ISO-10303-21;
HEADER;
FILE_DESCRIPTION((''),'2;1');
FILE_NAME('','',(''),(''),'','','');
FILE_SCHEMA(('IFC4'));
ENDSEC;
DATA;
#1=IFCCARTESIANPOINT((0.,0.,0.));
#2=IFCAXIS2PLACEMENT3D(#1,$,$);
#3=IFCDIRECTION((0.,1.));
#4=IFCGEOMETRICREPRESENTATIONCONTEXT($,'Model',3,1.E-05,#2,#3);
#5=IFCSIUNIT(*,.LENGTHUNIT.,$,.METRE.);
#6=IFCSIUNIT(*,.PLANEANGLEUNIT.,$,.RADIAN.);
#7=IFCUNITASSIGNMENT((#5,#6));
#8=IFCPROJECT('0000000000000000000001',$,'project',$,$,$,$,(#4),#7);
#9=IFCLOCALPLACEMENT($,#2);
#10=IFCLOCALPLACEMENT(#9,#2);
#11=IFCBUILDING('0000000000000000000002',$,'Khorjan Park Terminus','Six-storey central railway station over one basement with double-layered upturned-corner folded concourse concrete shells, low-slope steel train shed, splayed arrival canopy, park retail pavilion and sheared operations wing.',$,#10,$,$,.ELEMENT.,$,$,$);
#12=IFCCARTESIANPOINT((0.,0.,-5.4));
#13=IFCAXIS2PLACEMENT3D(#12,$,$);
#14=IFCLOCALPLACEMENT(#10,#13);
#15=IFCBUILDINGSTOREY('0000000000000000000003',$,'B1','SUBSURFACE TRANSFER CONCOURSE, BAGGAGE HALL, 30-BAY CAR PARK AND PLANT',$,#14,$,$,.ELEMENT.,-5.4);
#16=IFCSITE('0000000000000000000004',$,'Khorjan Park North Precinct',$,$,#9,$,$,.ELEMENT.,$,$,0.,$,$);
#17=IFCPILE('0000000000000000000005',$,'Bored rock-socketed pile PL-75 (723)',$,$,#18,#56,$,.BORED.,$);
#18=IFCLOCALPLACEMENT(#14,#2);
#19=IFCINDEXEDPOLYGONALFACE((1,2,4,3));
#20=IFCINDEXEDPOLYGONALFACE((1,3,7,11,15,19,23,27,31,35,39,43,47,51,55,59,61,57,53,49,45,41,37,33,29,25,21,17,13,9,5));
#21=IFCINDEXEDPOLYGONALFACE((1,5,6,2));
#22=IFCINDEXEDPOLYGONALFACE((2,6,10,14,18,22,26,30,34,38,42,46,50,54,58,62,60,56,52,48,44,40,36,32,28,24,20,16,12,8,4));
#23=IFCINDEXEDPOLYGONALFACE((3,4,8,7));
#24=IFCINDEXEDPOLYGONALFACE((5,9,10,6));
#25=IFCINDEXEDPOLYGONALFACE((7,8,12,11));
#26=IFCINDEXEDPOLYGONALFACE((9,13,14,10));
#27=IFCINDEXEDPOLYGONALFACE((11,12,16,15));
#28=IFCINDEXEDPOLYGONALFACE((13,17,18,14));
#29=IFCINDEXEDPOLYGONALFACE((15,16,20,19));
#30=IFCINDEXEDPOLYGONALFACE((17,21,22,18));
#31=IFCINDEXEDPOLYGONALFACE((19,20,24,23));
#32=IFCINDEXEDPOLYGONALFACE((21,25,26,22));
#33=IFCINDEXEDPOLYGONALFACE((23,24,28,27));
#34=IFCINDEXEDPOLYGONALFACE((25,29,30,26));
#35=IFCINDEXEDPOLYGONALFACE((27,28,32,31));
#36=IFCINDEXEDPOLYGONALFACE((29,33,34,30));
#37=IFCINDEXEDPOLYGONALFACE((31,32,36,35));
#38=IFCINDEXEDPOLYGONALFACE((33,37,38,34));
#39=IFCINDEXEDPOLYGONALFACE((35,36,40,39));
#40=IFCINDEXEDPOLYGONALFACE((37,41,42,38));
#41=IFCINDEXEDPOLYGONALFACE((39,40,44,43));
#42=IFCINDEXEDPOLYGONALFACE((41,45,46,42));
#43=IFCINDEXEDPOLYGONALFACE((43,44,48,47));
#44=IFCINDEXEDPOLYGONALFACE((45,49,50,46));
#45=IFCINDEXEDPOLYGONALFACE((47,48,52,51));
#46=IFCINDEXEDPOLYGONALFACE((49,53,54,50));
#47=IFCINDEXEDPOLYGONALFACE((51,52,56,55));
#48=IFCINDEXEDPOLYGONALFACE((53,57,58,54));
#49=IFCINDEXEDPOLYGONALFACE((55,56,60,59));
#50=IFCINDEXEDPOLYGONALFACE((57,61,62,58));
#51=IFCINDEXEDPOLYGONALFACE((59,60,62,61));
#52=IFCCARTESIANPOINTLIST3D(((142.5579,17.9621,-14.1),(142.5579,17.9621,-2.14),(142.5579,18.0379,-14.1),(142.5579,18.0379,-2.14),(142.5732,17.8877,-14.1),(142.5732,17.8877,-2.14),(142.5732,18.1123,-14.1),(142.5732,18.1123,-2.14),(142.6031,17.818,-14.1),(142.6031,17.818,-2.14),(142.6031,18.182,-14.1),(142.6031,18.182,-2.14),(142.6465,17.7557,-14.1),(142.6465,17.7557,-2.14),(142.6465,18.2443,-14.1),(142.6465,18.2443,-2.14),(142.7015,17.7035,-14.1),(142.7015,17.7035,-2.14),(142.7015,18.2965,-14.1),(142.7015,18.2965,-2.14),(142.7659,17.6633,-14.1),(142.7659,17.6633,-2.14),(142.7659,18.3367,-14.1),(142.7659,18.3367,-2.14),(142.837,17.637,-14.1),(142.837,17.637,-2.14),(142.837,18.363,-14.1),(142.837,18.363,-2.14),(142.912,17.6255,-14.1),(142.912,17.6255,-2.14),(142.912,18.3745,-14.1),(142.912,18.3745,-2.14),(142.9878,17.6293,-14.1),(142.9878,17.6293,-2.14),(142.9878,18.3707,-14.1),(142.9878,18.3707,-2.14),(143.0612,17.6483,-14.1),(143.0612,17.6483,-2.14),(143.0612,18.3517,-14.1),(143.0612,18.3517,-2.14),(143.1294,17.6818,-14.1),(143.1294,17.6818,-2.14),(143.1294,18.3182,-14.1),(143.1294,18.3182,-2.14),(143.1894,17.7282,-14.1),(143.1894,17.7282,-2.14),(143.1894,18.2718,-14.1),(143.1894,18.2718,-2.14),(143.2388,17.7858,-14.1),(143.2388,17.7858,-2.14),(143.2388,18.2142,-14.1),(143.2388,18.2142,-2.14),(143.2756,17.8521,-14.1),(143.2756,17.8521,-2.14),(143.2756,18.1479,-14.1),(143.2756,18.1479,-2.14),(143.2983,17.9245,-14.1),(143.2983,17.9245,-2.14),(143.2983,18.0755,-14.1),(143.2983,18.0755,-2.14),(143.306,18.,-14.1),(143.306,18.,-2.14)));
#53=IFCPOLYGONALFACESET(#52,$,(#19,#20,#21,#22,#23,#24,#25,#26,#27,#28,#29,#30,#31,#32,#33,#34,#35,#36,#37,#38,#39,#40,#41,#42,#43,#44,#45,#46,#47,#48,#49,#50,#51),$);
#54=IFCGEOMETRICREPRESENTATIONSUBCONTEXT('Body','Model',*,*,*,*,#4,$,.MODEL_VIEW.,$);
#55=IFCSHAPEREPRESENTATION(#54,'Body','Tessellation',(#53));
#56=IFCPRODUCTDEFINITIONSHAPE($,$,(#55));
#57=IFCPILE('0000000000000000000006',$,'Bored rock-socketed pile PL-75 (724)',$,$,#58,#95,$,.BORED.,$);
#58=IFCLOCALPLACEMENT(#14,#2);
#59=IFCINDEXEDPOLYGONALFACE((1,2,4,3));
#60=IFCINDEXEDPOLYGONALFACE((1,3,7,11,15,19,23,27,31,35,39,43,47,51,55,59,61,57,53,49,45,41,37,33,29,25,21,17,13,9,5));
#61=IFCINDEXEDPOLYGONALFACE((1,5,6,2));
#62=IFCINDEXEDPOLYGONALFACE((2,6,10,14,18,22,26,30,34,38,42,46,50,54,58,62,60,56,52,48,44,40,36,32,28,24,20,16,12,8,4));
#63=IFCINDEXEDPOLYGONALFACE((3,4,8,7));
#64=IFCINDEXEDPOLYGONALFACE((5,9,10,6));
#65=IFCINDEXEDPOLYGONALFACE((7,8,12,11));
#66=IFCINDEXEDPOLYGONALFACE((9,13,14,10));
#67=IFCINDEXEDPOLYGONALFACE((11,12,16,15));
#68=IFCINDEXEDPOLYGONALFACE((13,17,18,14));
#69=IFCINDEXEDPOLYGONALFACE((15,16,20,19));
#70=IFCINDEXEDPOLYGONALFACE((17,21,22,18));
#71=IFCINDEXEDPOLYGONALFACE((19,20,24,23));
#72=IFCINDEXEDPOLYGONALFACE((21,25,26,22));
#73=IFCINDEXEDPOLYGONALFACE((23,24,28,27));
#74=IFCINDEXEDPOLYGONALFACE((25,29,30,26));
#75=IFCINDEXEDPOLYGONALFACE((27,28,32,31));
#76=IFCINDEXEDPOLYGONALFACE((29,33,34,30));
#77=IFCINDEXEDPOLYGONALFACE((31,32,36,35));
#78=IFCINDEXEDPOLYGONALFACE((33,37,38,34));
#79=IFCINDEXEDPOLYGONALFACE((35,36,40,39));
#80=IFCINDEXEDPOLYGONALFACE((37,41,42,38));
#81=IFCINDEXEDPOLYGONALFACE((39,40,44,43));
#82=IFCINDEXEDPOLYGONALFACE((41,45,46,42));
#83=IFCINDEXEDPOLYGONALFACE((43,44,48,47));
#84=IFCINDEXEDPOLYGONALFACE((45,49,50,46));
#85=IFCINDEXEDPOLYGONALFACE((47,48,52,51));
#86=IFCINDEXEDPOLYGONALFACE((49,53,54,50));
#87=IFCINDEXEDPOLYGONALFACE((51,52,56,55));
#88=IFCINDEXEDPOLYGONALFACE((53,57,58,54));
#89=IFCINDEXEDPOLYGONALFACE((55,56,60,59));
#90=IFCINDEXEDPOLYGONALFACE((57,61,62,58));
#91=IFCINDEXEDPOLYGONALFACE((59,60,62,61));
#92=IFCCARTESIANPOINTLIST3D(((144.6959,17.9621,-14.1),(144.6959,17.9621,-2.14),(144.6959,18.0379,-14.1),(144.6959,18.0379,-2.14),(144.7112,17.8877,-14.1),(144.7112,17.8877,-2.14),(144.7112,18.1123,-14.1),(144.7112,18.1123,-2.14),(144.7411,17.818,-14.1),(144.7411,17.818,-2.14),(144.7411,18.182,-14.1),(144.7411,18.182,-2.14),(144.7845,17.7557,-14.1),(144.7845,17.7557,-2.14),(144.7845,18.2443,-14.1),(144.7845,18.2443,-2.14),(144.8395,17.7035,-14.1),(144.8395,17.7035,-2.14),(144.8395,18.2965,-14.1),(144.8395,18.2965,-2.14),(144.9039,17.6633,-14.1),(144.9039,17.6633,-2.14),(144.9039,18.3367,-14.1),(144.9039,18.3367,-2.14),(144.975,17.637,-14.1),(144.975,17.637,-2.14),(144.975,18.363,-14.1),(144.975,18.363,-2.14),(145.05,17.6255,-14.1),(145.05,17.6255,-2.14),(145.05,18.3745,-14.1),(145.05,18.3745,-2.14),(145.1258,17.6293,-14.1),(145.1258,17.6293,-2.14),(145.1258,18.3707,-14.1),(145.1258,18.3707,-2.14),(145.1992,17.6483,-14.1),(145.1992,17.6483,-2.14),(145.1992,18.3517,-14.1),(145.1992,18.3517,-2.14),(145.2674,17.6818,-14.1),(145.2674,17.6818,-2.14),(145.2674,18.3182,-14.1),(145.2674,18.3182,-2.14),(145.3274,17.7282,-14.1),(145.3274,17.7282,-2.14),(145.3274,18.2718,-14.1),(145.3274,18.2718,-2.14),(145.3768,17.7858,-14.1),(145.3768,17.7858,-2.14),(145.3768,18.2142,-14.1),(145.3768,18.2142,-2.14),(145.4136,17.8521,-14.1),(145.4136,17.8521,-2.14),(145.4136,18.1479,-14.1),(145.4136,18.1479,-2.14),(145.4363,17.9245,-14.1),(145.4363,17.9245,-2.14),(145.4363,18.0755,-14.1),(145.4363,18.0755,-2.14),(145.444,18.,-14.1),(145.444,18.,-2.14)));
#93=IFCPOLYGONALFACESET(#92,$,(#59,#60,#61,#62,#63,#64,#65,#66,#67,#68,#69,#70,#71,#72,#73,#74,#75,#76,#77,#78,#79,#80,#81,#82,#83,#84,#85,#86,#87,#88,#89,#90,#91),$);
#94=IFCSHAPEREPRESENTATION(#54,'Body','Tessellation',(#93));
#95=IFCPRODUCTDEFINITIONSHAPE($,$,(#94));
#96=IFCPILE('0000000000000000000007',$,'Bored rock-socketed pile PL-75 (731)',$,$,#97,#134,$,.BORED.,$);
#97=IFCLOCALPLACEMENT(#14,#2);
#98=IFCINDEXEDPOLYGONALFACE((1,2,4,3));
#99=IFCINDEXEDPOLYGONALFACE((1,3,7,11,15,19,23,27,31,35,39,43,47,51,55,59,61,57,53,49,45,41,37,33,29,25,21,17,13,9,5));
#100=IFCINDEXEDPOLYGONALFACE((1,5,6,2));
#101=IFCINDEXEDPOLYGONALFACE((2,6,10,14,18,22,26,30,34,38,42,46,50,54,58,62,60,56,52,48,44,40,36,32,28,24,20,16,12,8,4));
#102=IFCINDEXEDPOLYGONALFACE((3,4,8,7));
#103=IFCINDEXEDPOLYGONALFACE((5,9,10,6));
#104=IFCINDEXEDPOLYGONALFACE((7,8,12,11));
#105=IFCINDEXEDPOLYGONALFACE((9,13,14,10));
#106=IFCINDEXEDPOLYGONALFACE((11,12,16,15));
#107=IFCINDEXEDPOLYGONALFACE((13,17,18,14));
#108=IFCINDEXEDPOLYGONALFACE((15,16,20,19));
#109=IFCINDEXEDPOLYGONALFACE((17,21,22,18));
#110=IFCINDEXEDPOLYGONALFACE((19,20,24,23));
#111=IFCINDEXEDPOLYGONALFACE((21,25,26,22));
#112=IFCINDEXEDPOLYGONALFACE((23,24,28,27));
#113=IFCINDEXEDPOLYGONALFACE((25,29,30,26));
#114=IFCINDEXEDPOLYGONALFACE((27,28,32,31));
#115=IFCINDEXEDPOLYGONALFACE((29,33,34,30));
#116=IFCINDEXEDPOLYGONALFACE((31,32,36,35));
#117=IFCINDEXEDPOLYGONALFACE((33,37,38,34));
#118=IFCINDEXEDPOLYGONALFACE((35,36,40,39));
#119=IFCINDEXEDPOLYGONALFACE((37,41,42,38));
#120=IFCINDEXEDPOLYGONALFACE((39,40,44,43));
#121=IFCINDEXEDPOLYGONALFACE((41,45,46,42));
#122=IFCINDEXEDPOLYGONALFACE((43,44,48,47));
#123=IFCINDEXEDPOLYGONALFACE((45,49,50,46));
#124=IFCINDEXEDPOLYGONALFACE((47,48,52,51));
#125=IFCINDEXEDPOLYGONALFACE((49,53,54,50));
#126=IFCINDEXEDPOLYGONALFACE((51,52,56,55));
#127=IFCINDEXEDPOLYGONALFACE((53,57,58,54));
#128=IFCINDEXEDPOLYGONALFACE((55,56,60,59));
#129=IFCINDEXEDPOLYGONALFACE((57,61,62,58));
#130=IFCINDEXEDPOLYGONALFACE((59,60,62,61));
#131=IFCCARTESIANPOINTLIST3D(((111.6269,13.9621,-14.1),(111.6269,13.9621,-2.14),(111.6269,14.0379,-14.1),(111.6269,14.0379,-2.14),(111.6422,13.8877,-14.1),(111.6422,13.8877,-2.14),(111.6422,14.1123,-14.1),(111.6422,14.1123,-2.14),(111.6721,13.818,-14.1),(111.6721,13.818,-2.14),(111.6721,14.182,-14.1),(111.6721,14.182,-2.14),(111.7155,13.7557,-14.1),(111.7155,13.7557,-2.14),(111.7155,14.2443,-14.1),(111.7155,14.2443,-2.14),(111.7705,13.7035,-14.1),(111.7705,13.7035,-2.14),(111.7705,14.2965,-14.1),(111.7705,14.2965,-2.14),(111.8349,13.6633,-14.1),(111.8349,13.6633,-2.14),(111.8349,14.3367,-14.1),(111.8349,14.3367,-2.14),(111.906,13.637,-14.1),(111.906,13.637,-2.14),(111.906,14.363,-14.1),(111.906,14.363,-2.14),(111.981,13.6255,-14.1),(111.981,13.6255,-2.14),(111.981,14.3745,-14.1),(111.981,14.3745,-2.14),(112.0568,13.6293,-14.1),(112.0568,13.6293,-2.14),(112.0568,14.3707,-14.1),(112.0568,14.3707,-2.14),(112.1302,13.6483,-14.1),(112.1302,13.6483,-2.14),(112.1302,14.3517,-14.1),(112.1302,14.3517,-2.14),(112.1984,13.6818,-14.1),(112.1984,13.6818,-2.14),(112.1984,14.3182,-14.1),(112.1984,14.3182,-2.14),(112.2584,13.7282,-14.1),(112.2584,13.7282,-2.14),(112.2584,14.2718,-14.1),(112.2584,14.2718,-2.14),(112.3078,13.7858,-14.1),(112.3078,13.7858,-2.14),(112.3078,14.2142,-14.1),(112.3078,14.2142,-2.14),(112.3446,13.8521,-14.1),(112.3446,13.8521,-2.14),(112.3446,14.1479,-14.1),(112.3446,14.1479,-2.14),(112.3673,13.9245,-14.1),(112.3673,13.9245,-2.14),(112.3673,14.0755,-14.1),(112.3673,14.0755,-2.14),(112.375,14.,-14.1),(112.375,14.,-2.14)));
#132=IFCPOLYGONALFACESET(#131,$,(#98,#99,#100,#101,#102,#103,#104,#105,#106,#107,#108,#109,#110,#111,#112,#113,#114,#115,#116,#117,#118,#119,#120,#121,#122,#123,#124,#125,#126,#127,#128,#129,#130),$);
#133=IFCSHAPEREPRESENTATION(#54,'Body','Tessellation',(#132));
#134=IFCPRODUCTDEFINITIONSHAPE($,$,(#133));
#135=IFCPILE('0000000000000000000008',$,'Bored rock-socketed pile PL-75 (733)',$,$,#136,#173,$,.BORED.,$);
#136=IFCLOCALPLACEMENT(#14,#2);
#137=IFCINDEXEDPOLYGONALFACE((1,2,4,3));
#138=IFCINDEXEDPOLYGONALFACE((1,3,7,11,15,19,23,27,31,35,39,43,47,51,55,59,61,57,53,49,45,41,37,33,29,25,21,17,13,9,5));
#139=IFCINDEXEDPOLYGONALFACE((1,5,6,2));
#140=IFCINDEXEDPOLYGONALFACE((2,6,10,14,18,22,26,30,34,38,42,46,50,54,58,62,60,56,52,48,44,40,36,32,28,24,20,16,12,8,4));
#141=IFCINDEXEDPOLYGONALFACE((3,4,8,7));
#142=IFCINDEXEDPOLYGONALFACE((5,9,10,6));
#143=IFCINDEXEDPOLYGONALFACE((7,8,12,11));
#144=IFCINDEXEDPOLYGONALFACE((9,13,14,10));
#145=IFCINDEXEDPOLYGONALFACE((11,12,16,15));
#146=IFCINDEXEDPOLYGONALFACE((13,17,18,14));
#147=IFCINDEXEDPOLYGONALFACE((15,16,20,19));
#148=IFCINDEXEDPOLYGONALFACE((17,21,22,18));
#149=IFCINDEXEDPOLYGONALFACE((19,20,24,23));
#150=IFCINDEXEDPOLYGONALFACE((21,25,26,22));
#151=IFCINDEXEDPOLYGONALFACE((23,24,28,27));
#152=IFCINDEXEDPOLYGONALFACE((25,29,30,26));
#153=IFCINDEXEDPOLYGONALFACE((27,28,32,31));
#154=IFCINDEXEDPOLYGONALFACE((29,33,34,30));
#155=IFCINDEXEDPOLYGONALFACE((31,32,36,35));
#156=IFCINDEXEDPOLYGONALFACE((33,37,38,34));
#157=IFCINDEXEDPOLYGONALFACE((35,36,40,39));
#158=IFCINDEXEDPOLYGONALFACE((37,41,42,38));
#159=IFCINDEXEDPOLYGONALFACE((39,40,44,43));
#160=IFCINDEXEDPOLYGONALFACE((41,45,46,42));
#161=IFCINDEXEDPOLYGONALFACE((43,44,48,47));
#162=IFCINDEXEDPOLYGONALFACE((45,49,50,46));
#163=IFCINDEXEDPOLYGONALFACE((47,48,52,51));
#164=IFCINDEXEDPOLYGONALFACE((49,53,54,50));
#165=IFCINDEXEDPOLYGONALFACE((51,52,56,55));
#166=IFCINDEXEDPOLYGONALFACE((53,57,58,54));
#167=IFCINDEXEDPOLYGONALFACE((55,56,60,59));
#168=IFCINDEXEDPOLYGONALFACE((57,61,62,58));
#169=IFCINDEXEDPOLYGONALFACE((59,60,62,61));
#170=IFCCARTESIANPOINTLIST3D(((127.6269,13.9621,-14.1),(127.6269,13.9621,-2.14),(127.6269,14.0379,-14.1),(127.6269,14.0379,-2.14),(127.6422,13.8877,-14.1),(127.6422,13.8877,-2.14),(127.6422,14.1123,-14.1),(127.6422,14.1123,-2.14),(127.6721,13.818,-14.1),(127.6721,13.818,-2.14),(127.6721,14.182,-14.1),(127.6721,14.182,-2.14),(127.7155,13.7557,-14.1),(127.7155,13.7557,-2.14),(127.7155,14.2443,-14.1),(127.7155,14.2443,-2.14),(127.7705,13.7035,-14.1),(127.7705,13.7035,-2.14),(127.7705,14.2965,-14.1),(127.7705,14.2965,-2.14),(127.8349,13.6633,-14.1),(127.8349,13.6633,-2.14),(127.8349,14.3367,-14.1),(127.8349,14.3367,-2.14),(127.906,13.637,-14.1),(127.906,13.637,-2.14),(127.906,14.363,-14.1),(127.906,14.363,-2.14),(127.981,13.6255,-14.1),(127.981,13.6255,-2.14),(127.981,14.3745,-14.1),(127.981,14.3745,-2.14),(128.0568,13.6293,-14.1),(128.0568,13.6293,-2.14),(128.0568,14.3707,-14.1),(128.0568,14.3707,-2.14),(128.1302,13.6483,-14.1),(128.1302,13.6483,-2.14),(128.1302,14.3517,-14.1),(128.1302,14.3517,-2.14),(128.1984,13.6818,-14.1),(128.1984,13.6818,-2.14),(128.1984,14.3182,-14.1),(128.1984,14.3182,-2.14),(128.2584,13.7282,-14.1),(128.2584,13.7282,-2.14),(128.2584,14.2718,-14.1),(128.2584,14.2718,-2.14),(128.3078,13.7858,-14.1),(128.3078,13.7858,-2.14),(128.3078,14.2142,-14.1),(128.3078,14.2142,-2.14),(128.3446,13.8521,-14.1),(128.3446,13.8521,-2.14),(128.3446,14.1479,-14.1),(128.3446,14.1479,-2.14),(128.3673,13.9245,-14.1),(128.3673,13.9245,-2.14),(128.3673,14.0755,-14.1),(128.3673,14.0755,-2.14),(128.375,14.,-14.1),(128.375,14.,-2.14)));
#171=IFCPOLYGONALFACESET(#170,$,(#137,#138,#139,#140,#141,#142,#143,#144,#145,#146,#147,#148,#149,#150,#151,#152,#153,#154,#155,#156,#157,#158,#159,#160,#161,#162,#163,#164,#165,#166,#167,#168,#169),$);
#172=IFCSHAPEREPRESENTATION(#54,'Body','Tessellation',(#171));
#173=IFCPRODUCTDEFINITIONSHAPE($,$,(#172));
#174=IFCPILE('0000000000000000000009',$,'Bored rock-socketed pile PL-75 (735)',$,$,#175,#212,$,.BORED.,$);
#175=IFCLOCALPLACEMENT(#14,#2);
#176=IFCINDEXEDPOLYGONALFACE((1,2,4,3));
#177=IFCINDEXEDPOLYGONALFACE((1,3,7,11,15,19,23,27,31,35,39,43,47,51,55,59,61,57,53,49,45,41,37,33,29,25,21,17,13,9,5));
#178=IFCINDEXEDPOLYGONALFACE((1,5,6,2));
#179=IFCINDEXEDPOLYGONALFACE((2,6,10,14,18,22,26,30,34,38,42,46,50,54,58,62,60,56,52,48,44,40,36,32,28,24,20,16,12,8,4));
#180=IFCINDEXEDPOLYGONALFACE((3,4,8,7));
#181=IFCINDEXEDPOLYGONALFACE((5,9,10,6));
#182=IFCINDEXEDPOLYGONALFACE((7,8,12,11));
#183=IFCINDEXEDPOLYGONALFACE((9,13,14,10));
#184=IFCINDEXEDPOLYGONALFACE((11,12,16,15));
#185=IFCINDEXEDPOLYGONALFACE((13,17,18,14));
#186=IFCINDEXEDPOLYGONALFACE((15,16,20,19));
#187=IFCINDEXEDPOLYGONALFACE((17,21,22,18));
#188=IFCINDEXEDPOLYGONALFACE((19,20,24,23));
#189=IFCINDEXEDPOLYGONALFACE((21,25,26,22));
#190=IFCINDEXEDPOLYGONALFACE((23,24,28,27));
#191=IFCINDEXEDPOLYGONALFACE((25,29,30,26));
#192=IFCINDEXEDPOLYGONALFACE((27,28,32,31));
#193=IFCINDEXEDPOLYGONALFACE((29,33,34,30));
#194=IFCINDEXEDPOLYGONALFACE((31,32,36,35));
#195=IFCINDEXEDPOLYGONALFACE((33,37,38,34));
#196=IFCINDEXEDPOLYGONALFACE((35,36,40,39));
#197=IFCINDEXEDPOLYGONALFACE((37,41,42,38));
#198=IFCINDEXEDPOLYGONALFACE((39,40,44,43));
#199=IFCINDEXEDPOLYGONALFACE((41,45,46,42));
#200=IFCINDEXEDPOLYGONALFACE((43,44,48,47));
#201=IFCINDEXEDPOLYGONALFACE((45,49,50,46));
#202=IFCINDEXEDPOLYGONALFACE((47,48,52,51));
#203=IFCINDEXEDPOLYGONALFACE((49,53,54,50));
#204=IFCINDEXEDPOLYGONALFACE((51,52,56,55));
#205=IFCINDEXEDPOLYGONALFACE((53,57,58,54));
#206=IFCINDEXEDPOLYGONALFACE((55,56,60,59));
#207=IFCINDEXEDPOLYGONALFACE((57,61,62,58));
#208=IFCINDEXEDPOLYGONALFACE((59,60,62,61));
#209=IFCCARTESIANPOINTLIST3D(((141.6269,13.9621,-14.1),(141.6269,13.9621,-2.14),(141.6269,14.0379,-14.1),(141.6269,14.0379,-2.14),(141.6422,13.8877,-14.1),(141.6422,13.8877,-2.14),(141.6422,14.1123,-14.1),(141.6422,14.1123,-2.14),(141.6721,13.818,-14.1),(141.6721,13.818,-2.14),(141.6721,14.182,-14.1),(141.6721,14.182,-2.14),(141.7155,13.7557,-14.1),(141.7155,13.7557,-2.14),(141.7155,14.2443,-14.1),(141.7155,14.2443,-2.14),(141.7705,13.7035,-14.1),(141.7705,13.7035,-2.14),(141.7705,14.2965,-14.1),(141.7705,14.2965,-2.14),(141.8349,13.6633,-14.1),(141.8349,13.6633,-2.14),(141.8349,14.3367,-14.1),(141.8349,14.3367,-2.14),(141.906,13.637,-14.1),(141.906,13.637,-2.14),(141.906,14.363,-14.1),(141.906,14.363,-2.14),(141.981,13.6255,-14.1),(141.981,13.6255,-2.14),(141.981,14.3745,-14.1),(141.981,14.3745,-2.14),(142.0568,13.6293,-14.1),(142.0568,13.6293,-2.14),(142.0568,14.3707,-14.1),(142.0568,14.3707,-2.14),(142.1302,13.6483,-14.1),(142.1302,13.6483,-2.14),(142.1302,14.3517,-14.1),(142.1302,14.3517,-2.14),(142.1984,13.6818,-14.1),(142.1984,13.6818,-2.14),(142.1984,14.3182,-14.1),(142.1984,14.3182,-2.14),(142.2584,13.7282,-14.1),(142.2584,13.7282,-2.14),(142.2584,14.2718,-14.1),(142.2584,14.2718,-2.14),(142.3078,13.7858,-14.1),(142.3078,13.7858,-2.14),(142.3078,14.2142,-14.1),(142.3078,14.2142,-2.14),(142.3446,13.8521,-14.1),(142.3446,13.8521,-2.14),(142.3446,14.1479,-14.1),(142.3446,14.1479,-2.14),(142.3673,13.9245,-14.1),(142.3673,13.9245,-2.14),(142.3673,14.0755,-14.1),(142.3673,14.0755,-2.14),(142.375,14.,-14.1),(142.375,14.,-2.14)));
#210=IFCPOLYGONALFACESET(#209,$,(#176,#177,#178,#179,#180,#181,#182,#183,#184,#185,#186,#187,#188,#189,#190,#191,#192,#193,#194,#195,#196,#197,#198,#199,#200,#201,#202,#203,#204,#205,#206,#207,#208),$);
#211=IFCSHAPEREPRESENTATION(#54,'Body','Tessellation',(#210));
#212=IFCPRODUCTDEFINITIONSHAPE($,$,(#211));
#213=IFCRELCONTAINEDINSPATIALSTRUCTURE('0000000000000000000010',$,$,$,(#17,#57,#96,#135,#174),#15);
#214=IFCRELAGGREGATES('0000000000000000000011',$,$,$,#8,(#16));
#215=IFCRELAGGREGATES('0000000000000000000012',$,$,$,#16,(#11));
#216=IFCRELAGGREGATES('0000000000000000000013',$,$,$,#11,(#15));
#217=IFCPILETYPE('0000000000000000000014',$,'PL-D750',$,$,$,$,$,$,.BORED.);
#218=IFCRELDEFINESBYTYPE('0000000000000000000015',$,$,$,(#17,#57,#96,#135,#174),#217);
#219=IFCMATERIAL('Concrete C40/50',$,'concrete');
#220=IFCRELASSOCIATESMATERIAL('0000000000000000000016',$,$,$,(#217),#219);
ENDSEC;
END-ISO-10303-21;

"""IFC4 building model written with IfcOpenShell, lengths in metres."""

from ifc_helpers import new_model, si_unit, direction, frame, origin, origin_2d, place, context, subcontext, project, spatial, circle, extrude, material, material_profile, profile_set, type_object, element, save


model = new_model("IFC4")

# Units and contexts
model_context = context("Model", 3, precision=1e-05, world=origin(), true_north=direction((0.0, 1.0)))
body_context = subcontext(model_context, "Body", "Model", "MODEL_VIEW")
ifc_project = project(units=[si_unit("LENGTHUNIT", "METRE"), si_unit("PLANEANGLEUNIT", "RADIAN")], contexts=[model_context])

# Site, building, storey
site_placement = place(None, origin())
site = spatial("IfcSite", under=ifc_project, at=site_placement, Name="Khorjan Park North Precinct", CompositionType="ELEMENT", RefElevation=0.0)
building_placement = place(site_placement, origin())
building = spatial("IfcBuilding", under=site, at=building_placement, Name="Khorjan Park Terminus", Description="Six-storey central railway station over one basement with double-layered upturned-corner folded concourse concrete shells, low-slope steel train shed, splayed arrival canopy, park retail pavilion and sheared operations wing.", CompositionType="ELEMENT")
storey_placement = place(building_placement, frame((0.0, 0.0, -5.4)))
storey = spatial("IfcBuildingStorey", under=building, at=storey_placement, Name="B1", Description="SUBSURFACE TRANSFER CONCOURSE, BAGGAGE HALL, 30-BAY CAR PARK AND PLANT", CompositionType="ELEMENT", Elevation=-5.4)

# Piles
ifc_material_1 = material(Name="Concrete C40/50", Category="concrete")
ifc_material_profile_1 = material_profile(ifc_material_1, circle(Radius=0.375, at=origin_2d()), Name="BORED D750")
ifc_profile_set_1 = profile_set([ifc_material_profile_1], Name="Concrete C40/50")
pile_type_1 = type_object("IfcPileType", Name="PL-D750", PredefinedType="BORED", material=ifc_profile_set_1)
for number, where, z_axis, x_axis, name in (
    (1, (142.931, 18.0, -2.14), (0.0, 0.0, -1.0), (1.0, 0.0, 0.0), "Bored rock-socketed pile PL-75 (723)"),
    (2, (145.069, 18.0, -2.14), (0.0, 0.0, -1.0), (1.0, 0.0, 0.0), "Bored rock-socketed pile PL-75 (724)"),
    (3, (112.0, 14.0, -2.14), (0.0, 0.0, -1.0), (1.0, 0.0, 0.0), "Bored rock-socketed pile PL-75 (731)"),
    (4, (128.0, 14.0, -2.14), (0.0, 0.0, -1.0), (1.0, 0.0, 0.0), "Bored rock-socketed pile PL-75 (733)"),
    (5, (142.0, 14.0, -2.14), (0.0, 0.0, -1.0), (1.0, 0.0, 0.0), "Bored rock-socketed pile PL-75 (735)"),
):
    element("IfcPile", number, at=place(storey_placement, frame(where, z_axis=z_axis, x_axis=x_axis)), inside=storey, type_object=pile_type_1, Name=name, PredefinedType="BORED", context=body_context, shape_type="SweptSolid", body=[
        extrude(circle(Radius=0.375, at=origin_2d()), origin(), (0.0, 0.0, 1.0), 11.96),
    ])

save(model, "model.ifc")
